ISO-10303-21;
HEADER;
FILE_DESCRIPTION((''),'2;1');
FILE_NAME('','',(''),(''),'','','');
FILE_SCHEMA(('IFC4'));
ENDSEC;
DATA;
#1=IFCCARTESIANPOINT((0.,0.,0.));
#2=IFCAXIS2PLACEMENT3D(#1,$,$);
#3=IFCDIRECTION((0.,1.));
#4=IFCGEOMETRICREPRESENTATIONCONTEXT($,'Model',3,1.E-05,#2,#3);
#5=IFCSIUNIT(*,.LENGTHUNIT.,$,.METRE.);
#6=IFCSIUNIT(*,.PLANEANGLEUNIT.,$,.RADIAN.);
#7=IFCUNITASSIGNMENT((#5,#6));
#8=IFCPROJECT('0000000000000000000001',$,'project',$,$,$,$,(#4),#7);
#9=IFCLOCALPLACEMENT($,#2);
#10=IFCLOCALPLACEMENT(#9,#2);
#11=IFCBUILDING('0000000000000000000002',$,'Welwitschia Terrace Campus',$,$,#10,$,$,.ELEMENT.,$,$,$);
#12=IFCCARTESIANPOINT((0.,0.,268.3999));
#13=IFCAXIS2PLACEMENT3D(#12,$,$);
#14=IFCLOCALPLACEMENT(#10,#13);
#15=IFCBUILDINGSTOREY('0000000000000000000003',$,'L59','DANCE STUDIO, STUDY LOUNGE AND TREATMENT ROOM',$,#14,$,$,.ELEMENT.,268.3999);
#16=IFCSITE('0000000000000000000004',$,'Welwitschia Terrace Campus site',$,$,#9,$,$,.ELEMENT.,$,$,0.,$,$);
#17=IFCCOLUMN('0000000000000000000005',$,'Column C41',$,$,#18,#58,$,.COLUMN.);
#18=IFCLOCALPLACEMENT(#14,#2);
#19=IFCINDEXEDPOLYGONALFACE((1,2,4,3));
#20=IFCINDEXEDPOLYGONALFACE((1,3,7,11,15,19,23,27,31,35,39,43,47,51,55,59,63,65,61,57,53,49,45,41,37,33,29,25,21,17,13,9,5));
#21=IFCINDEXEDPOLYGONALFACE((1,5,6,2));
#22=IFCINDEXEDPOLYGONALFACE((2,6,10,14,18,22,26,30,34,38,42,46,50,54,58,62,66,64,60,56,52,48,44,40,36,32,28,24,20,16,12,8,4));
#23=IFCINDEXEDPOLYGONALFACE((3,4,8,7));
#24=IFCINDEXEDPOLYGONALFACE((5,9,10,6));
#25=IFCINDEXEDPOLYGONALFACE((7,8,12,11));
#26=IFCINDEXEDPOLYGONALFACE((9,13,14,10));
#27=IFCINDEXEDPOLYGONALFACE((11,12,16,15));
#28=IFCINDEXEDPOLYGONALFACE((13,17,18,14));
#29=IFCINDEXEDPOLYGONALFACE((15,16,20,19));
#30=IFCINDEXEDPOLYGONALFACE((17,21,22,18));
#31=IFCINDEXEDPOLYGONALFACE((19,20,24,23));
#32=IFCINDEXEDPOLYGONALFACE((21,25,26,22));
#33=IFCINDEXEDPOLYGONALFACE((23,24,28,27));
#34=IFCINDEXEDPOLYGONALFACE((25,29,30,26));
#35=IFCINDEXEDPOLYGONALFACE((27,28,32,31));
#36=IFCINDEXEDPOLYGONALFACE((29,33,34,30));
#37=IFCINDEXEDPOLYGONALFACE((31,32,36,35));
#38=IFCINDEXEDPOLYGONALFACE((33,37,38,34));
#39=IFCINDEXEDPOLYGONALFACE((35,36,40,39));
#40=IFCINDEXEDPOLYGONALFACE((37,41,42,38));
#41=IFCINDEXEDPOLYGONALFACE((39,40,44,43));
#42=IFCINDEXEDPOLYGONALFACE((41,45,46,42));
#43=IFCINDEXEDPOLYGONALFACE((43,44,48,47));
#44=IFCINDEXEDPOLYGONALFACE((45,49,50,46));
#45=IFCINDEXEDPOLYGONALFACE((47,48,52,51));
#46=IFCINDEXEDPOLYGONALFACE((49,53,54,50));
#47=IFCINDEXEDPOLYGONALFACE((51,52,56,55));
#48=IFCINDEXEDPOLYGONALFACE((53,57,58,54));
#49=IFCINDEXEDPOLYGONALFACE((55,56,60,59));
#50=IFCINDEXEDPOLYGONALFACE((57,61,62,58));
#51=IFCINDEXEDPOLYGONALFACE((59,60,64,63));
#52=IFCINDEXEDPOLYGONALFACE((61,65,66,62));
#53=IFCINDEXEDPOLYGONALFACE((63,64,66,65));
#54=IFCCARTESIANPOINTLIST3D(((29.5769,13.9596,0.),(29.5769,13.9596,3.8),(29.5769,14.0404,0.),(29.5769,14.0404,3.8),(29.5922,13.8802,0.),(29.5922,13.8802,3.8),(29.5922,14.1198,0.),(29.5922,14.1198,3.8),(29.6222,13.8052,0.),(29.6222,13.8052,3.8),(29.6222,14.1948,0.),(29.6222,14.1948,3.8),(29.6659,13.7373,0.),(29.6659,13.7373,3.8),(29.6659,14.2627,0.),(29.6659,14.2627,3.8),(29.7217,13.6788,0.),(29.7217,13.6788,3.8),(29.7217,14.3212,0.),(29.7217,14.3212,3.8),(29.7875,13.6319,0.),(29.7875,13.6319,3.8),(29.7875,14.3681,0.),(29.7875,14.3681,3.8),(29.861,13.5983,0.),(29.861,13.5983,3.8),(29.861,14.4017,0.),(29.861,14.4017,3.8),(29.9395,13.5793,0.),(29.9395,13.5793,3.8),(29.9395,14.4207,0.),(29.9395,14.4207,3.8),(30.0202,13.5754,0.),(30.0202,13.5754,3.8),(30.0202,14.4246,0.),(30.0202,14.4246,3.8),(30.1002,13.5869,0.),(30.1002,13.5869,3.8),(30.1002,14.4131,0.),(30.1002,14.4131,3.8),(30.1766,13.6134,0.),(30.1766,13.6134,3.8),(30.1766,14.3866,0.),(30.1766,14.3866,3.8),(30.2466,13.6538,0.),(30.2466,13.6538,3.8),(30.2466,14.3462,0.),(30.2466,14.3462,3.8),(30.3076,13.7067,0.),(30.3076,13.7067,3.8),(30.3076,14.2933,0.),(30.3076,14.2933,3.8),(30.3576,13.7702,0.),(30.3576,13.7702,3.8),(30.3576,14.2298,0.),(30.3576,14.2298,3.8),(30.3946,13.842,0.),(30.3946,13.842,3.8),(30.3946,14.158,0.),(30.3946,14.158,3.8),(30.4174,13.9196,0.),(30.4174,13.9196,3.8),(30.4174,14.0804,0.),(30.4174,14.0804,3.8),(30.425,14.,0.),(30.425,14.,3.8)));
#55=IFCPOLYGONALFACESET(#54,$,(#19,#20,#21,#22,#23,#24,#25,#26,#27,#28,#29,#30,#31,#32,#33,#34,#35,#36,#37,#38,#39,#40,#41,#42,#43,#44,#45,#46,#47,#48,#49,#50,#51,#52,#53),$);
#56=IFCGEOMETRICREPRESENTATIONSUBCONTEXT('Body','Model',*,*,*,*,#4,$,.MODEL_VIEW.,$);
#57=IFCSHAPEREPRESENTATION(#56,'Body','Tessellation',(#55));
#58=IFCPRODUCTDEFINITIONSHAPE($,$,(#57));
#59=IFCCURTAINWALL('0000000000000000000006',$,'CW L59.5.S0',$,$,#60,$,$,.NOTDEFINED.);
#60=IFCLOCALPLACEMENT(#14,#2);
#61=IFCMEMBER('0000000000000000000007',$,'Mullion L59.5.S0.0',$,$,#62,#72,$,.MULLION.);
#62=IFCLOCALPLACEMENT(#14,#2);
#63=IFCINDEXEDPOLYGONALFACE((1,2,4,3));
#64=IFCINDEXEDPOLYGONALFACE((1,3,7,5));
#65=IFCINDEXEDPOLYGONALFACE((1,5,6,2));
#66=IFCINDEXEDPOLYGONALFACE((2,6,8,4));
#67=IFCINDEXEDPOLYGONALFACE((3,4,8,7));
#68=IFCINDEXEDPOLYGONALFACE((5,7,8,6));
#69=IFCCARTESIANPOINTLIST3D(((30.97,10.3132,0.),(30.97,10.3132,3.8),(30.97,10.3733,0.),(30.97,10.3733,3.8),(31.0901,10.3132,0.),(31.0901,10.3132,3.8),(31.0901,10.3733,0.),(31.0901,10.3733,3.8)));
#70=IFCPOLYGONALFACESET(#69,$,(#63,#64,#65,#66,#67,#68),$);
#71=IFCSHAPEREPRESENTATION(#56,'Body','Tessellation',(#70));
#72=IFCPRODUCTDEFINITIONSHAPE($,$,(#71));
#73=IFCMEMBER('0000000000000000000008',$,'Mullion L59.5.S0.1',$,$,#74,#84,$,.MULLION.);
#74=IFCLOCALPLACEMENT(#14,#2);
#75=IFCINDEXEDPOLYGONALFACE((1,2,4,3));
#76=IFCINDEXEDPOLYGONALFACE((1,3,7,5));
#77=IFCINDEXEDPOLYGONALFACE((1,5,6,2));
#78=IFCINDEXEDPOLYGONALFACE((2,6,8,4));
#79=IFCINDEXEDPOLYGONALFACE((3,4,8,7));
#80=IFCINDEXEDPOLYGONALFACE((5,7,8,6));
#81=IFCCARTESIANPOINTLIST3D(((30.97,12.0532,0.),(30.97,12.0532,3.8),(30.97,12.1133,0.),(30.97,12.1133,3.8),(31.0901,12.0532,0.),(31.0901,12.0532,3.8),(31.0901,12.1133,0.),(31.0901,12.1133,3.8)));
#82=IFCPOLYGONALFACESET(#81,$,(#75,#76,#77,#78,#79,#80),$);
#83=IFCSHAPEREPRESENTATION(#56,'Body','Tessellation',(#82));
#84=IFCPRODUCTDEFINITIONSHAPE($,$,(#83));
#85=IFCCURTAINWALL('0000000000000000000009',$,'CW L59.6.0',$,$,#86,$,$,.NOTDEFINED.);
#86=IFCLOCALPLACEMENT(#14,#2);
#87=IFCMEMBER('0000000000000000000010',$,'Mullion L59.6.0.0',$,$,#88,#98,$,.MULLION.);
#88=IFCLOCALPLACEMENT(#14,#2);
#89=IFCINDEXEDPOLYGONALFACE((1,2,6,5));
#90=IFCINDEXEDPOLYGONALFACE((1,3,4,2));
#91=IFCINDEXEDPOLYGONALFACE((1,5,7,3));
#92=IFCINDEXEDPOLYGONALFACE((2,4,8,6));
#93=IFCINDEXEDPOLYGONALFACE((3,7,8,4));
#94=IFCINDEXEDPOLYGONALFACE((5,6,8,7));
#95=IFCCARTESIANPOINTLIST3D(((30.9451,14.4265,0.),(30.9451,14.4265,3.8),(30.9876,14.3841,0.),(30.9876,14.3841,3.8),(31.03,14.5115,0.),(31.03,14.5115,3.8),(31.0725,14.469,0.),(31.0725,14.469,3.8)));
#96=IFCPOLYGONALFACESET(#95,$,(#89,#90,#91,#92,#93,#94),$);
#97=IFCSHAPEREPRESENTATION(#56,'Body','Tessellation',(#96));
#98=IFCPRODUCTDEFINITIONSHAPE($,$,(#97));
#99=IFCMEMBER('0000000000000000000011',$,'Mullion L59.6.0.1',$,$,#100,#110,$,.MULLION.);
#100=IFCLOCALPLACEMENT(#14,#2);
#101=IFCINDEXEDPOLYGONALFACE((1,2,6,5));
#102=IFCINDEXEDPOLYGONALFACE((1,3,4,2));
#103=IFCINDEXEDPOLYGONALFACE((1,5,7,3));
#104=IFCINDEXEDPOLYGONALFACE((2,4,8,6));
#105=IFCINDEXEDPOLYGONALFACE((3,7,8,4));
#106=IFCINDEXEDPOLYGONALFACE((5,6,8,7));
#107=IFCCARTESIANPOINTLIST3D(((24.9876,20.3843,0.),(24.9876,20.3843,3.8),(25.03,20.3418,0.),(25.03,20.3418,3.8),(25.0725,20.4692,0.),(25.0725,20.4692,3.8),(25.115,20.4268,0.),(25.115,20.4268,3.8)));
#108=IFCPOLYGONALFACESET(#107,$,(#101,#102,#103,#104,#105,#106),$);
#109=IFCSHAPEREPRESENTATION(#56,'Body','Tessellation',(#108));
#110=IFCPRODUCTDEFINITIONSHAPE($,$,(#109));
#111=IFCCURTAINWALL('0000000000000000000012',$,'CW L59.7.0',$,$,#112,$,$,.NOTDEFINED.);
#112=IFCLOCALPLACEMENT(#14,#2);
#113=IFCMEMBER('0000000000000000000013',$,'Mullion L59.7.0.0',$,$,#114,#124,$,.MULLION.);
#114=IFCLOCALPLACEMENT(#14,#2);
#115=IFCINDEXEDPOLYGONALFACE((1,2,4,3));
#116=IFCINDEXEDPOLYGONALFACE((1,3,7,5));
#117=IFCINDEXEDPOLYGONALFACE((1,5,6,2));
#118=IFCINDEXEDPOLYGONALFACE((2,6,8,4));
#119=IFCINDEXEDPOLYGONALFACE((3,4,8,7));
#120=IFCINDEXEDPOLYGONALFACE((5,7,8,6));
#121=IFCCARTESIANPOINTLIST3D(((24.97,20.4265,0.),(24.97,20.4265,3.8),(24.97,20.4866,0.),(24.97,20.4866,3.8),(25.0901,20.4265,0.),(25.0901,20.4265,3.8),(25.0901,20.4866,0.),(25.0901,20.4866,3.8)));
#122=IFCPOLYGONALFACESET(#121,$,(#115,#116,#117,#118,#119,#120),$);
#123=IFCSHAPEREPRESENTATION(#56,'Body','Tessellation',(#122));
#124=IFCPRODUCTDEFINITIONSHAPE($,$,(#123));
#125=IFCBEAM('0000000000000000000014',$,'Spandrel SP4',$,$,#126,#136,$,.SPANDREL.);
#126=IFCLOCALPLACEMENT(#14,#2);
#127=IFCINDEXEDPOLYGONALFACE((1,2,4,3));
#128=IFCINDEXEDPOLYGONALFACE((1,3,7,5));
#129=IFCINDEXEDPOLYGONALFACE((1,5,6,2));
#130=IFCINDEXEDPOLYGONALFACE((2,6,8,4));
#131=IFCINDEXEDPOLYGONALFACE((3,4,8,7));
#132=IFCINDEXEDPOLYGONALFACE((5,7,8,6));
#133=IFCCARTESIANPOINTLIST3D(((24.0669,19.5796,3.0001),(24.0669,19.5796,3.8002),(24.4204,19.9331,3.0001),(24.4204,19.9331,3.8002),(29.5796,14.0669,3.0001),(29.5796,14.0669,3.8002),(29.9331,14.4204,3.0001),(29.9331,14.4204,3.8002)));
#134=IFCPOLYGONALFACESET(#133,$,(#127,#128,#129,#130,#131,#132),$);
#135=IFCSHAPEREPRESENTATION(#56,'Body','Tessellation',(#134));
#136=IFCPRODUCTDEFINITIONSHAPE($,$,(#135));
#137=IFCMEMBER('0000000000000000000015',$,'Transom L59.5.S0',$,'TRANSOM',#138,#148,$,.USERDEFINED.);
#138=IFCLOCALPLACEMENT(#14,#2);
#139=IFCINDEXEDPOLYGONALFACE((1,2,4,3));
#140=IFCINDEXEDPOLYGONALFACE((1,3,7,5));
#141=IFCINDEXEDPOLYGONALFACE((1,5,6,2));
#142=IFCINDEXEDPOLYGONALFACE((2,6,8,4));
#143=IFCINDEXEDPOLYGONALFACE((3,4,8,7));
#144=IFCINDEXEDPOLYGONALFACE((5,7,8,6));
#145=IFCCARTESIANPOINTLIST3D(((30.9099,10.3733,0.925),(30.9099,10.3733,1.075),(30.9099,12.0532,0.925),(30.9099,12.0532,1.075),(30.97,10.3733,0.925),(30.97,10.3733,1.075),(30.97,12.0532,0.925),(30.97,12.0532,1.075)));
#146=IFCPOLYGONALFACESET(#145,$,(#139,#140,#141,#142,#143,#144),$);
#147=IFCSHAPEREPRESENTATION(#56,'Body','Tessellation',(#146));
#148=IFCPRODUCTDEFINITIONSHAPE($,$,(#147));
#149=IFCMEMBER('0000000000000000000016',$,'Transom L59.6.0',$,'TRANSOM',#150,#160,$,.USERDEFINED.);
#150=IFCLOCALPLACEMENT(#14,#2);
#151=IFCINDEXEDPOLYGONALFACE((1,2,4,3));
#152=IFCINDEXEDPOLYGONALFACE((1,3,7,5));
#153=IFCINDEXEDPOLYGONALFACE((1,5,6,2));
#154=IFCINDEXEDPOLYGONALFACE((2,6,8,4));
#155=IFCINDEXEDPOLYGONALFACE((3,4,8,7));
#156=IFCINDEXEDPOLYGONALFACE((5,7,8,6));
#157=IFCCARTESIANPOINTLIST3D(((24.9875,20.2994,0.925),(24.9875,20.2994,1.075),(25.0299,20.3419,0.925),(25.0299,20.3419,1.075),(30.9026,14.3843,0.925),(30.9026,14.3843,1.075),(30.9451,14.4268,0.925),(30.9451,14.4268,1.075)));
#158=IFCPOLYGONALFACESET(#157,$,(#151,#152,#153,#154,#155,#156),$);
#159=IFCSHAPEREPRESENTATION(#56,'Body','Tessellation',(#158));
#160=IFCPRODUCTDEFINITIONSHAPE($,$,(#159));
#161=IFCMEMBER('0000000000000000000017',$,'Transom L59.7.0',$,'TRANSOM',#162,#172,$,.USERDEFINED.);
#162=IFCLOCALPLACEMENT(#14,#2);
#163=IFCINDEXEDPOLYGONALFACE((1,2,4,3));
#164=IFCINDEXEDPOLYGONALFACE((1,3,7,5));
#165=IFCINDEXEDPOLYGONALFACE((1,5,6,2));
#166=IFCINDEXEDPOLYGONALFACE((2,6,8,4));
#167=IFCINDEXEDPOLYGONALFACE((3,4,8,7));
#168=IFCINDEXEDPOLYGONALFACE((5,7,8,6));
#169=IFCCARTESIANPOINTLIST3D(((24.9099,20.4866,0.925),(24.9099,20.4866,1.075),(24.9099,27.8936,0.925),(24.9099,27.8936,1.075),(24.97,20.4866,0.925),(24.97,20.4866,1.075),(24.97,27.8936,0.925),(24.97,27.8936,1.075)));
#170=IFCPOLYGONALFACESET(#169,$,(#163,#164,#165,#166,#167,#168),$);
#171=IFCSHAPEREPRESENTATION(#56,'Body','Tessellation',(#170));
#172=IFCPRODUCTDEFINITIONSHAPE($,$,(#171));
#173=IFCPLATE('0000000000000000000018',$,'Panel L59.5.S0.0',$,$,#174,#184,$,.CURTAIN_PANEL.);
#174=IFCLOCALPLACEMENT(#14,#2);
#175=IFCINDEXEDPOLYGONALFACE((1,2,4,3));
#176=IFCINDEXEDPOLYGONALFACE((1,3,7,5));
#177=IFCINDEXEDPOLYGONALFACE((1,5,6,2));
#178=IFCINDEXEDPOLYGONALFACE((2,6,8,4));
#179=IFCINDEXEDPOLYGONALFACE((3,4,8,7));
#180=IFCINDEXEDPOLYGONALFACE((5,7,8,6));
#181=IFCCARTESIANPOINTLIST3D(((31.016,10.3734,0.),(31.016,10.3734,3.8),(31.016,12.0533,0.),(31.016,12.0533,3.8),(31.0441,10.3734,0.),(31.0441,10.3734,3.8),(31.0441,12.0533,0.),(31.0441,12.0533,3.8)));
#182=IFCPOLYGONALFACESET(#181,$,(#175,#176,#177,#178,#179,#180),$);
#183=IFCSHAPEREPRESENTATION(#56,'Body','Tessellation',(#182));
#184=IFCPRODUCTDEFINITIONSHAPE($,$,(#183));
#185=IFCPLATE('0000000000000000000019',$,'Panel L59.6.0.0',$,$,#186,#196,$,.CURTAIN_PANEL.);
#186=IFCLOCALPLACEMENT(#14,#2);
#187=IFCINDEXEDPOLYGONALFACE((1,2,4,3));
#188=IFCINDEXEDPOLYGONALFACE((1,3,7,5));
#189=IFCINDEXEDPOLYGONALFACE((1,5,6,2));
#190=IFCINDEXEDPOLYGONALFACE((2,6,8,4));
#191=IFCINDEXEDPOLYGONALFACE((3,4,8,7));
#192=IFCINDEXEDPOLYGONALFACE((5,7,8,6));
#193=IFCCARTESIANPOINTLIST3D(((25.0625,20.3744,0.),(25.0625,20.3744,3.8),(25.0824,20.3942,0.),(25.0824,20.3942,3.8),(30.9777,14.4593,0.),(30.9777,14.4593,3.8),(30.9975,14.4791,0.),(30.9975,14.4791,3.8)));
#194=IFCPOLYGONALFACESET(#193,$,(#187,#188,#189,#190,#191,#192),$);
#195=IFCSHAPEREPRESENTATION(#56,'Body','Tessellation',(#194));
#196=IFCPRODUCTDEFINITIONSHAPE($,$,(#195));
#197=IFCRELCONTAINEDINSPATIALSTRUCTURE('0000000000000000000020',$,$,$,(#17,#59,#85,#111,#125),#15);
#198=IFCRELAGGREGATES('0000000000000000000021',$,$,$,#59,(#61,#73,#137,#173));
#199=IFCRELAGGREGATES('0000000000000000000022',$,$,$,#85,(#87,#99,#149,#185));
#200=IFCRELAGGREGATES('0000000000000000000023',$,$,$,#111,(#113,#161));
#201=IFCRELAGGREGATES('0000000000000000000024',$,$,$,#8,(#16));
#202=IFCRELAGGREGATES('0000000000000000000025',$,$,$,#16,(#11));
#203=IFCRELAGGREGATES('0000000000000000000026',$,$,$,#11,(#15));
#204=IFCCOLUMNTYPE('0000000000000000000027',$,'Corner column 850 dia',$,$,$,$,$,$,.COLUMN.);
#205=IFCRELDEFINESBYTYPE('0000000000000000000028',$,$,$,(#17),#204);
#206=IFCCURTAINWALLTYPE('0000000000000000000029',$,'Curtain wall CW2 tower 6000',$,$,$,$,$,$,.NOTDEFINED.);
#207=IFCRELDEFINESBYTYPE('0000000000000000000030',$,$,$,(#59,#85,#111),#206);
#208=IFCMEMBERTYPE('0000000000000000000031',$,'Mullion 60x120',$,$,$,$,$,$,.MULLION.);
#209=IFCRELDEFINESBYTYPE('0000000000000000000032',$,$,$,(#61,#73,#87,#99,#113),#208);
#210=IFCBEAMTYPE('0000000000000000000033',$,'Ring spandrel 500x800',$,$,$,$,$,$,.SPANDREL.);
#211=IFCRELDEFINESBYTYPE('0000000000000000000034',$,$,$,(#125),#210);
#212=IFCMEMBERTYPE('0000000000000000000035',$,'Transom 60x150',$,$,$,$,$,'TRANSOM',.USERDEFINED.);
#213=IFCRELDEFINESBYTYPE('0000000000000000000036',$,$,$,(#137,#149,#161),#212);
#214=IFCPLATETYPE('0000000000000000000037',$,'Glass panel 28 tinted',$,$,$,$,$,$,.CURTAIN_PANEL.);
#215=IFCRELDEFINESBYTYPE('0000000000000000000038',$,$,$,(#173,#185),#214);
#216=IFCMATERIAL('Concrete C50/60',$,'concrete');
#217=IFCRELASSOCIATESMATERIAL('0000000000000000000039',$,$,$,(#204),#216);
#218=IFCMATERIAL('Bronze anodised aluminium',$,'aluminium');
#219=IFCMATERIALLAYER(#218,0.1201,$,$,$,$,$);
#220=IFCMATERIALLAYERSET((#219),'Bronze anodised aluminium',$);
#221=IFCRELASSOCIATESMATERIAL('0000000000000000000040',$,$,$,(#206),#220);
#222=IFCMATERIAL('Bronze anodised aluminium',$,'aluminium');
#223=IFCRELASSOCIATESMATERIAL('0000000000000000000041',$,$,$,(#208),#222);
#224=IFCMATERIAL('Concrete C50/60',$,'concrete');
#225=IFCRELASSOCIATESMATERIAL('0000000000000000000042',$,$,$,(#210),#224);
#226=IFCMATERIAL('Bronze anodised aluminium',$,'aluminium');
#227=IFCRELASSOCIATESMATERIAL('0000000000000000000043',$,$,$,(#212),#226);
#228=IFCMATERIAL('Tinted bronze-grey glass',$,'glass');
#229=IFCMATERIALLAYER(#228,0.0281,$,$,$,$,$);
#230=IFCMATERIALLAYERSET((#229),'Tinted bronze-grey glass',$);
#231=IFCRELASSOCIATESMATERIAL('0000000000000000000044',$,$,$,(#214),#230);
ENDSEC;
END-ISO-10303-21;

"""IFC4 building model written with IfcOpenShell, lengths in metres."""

from ifc_helpers import new_model, si_unit, direction, frame, origin, origin_2d, place, context, subcontext, project, spatial, rectangle, circle, extrude, material, layer, layer_set, material_profile, profile_set, type_object, element, aggregate, save


model = new_model("IFC4")

# Units and contexts
model_context = context("Model", 3, precision=1e-05, world=origin(), true_north=direction((0.0, 1.0)))
body_context = subcontext(model_context, "Body", "Model", "MODEL_VIEW")
ifc_project = project(units=[si_unit("LENGTHUNIT", "METRE"), si_unit("PLANEANGLEUNIT", "RADIAN")], contexts=[model_context])

# Site, building, storey
site_placement = place(None, origin())
site = spatial("IfcSite", under=ifc_project, at=site_placement, Name="Welwitschia Terrace Campus site", CompositionType="ELEMENT", RefElevation=0.0)
building_placement = place(site_placement, origin())
building = spatial("IfcBuilding", under=site, at=building_placement, Name="Welwitschia Terrace Campus", CompositionType="ELEMENT")
storey_placement = place(building_placement, frame((0.0, 0.0, 268.3999)))
storey = spatial("IfcBuildingStorey", under=building, at=storey_placement, Name="L59", Description="DANCE STUDIO, STUDY LOUNGE AND TREATMENT ROOM", CompositionType="ELEMENT", Elevation=268.3999)

# Column
ifc_material_1 = material(Name="Concrete C50/60", Category="concrete")
ifc_material_profile_1 = material_profile(ifc_material_1, circle(Radius=0.425, at=origin_2d()))
ifc_profile_set_1 = profile_set([ifc_material_profile_1], Name="Concrete C50/60")
column_type = type_object("IfcColumnType", Name="Corner column 850 dia", PredefinedType="COLUMN", material=ifc_profile_set_1)
column_placement = place(storey_placement, frame((30.0, 14.0, 0.0), z_axis=(0.0, 0.0, 1.0), x_axis=(1.0, 0.0, 0.0)))
element("IfcColumn", 1, at=column_placement, inside=storey, type_object=column_type, Name="Column C41", PredefinedType="COLUMN", context=body_context, shape_type="SweptSolid", body=[
    extrude(circle(Radius=0.425, at=origin_2d()), origin(), (0.0, 0.0, 1.0), 3.8),
])

# Curtain walls, members
ifc_material_2 = material(Name="Bronze anodised aluminium", Category="aluminium")
ifc_layer_1 = layer(ifc_material_2, 0.1201)
ifc_layer_set_1 = layer_set([ifc_layer_1], Name="Bronze anodised aluminium")
curtain_wall_type = type_object("IfcCurtainWallType", Name="Curtain wall CW2 tower 6000", PredefinedType="NOTDEFINED", material=ifc_layer_set_1)
curtain_wall_1_placement = place(storey_placement, origin())
curtain_wall_1 = element("IfcCurtainWall", 2, at=curtain_wall_1_placement, inside=storey, type_object=curtain_wall_type, Name="CW L59.5.S0", PredefinedType="NOTDEFINED")
ifc_material_3 = material(Name="Bronze anodised aluminium", Category="aluminium")
ifc_material_profile_2 = material_profile(ifc_material_3, rectangle(XDim=0.1201, YDim=0.0601, at=origin_2d()))
ifc_profile_set_2 = profile_set([ifc_material_profile_2], Name="Bronze anodised aluminium")
member_type_1 = type_object("IfcMemberType", Name="Mullion 60x120", PredefinedType="MULLION", material=ifc_profile_set_2)
member_1_placement = place(storey_placement, frame((31.03, 10.3433, 0.0), z_axis=(0.0, 0.0, 1.0), x_axis=(-1.0, 0.0, 0.0)))
member_1 = element("IfcMember", 3, at=member_1_placement, type_object=member_type_1, Name="Mullion L59.5.S0.0", PredefinedType="MULLION", context=body_context, shape_type="SweptSolid", body=[
    extrude(rectangle(XDim=0.1201, YDim=0.0601, at=origin_2d()), origin(), (0.0, 0.0, 1.0), 3.8),
])
member_2_placement = place(storey_placement, frame((31.03, 12.0833, 0.0), z_axis=(0.0, 0.0, 1.0), x_axis=(-1.0, 0.0, 0.0)))
member_2 = element("IfcMember", 4, at=member_2_placement, type_object=member_type_1, Name="Mullion L59.5.S0.1", PredefinedType="MULLION", context=body_context, shape_type="SweptSolid", body=[
    extrude(rectangle(XDim=0.1201, YDim=0.0601, at=origin_2d()), origin(), (0.0, 0.0, 1.0), 3.8),
])
curtain_wall_2_placement = place(storey_placement, origin())
curtain_wall_2 = element("IfcCurtainWall", 5, at=curtain_wall_2_placement, inside=storey, type_object=curtain_wall_type, Name="CW L59.6.0", PredefinedType="NOTDEFINED")
member_3_placement = place(storey_placement, frame((31.0088, 14.4478, 0.0), z_axis=(0.0, 0.0, 1.0), x_axis=(-0.707107, -0.707107, 0.0)))
member_3 = element("IfcMember", 6, at=member_3_placement, type_object=member_type_1, Name="Mullion L59.6.0.0", PredefinedType="MULLION", context=body_context, shape_type="SweptSolid", body=[
    extrude(rectangle(XDim=0.1201, YDim=0.0601, at=origin_2d()), origin(), (0.0, 0.0, 1.0), 3.8),
])
member_4_placement = place(storey_placement, frame((25.0513, 20.4055, 0.0), z_axis=(0.0, 0.0, 1.0), x_axis=(-0.707107, -0.707107, 0.0)))
member_4 = element("IfcMember", 7, at=member_4_placement, type_object=member_type_1, Name="Mullion L59.6.0.1", PredefinedType="MULLION", context=body_context, shape_type="SweptSolid", body=[
    extrude(rectangle(XDim=0.1201, YDim=0.0601, at=origin_2d()), origin(), (0.0, 0.0, 1.0), 3.8),
])

# Curtain wall, member
curtain_wall_3_placement = place(storey_placement, origin())
curtain_wall_3 = element("IfcCurtainWall", 8, at=curtain_wall_3_placement, inside=storey, type_object=curtain_wall_type, Name="CW L59.7.0", PredefinedType="NOTDEFINED")
member_5_placement = place(storey_placement, frame((25.03, 20.4565, 0.0), z_axis=(0.0, 0.0, 1.0), x_axis=(-1.0, 0.0, 0.0)))
member_5 = element("IfcMember", 9, at=member_5_placement, type_object=member_type_1, Name="Mullion L59.7.0.0", PredefinedType="MULLION", context=body_context, shape_type="SweptSolid", body=[
    extrude(rectangle(XDim=0.1201, YDim=0.0601, at=origin_2d()), origin(), (0.0, 0.0, 1.0), 3.8),
])

# Beam
ifc_material_4 = material(Name="Concrete C50/60", Category="concrete")
ifc_material_profile_3 = material_profile(ifc_material_4, rectangle(XDim=0.5, YDim=0.8, at=origin_2d()))
ifc_profile_set_3 = profile_set([ifc_material_profile_3], Name="Concrete C50/60")
beam_type = type_object("IfcBeamType", Name="Ring spandrel 500x800", PredefinedType="SPANDREL", material=ifc_profile_set_3)
beam_placement = place(storey_placement, frame((29.7563, 14.2437, 3.4001), z_axis=(-0.707107, 0.707107, 0.0), x_axis=(-0.707107, -0.707107, 0.0)))
element("IfcBeam", 10, at=beam_placement, inside=storey, type_object=beam_type, Name="Spandrel SP4", PredefinedType="SPANDREL", context=body_context, shape_type="SweptSolid", body=[
    extrude(rectangle(XDim=0.5, YDim=0.8, at=origin_2d()), origin(), (0.0, 0.0, 1.0), 7.7961),
])

# Members
ifc_material_5 = material(Name="Bronze anodised aluminium", Category="aluminium")
ifc_material_profile_4 = material_profile(ifc_material_5, rectangle(XDim=0.0601, YDim=0.1499, at=origin_2d()))
ifc_profile_set_4 = profile_set([ifc_material_profile_4], Name="Bronze anodised aluminium")
member_type_2 = type_object("IfcMemberType", Name="Transom 60x150", ElementType="TRANSOM", PredefinedType="USERDEFINED", material=ifc_profile_set_4)
member_6_placement = place(storey_placement, frame((30.9399, 10.3733, 1.0), z_axis=(0.0, 1.0, 0.0), x_axis=(-1.0, 0.0, 0.0)))
member_6 = element("IfcMember", 11, at=member_6_placement, type_object=member_type_2, Name="Transom L59.5.S0", ObjectType="TRANSOM", PredefinedType="USERDEFINED", context=body_context, shape_type="SweptSolid", body=[
    extrude(rectangle(XDim=0.0601, YDim=0.1499, at=origin_2d()), origin(), (0.0, 0.0, 1.0), 1.6799),
])
member_7_placement = place(storey_placement, frame((30.9238, 14.4055, 1.0), z_axis=(-0.707107, 0.707107, 0.0), x_axis=(-0.707107, -0.707107, 0.0)))
member_7 = element("IfcMember", 12, at=member_7_placement, type_object=member_type_2, Name="Transom L59.6.0", ObjectType="TRANSOM", PredefinedType="USERDEFINED", context=body_context, shape_type="SweptSolid", body=[
    extrude(rectangle(XDim=0.0601, YDim=0.1499, at=origin_2d()), origin(), (0.0, 0.0, 1.0), 8.3652),
])
member_8_placement = place(storey_placement, frame((24.9399, 20.4866, 1.0), z_axis=(0.0, 1.0, 0.0), x_axis=(-1.0, 0.0, 0.0)))
member_8 = element("IfcMember", 13, at=member_8_placement, type_object=member_type_2, Name="Transom L59.7.0", ObjectType="TRANSOM", PredefinedType="USERDEFINED", context=body_context, shape_type="SweptSolid", body=[
    extrude(rectangle(XDim=0.0601, YDim=0.1499, at=origin_2d()), origin(), (0.0, 0.0, 1.0), 7.407),
])

# Plates
ifc_material_6 = material(Name="Tinted bronze-grey glass", Category="glass")
ifc_layer_2 = layer(ifc_material_6, 0.0281)
ifc_layer_set_2 = layer_set([ifc_layer_2], Name="Tinted bronze-grey glass")
plate_type = type_object("IfcPlateType", Name="Glass panel 28 tinted", PredefinedType="CURTAIN_PANEL", material=ifc_layer_set_2)
plate_1_placement = place(storey_placement, frame((31.03, 11.2134, 0.0), z_axis=(0.0, 0.0, 1.0), x_axis=(0.0, 1.0, 0.0)))
plate_1 = element("IfcPlate", 14, at=plate_1_placement, type_object=plate_type, Name="Panel L59.5.S0.0", PredefinedType="CURTAIN_PANEL", context=body_context, shape_type="SweptSolid", body=[
    extrude(rectangle(XDim=1.6799, YDim=0.0281, at=origin_2d()), origin(), (0.0, 0.0, 1.0), 3.8),
])
aggregate(curtain_wall_1, [member_1, member_2, member_6, plate_1])
plate_2_placement = place(storey_placement, frame((28.03, 17.4268, 0.0), z_axis=(0.0, 0.0, 1.0), x_axis=(-0.707107, 0.707107, 0.0)))
plate_2 = element("IfcPlate", 15, at=plate_2_placement, type_object=plate_type, Name="Panel L59.6.0.0", PredefinedType="CURTAIN_PANEL", context=body_context, shape_type="SweptSolid", body=[
    extrude(rectangle(XDim=8.3652, YDim=0.0281, at=origin_2d()), origin(), (0.0, 0.0, 1.0), 3.8),
])
aggregate(curtain_wall_2, [member_3, member_4, member_7, plate_2])
aggregate(curtain_wall_3, [member_5, member_8])

save(model, "model.ifc")
